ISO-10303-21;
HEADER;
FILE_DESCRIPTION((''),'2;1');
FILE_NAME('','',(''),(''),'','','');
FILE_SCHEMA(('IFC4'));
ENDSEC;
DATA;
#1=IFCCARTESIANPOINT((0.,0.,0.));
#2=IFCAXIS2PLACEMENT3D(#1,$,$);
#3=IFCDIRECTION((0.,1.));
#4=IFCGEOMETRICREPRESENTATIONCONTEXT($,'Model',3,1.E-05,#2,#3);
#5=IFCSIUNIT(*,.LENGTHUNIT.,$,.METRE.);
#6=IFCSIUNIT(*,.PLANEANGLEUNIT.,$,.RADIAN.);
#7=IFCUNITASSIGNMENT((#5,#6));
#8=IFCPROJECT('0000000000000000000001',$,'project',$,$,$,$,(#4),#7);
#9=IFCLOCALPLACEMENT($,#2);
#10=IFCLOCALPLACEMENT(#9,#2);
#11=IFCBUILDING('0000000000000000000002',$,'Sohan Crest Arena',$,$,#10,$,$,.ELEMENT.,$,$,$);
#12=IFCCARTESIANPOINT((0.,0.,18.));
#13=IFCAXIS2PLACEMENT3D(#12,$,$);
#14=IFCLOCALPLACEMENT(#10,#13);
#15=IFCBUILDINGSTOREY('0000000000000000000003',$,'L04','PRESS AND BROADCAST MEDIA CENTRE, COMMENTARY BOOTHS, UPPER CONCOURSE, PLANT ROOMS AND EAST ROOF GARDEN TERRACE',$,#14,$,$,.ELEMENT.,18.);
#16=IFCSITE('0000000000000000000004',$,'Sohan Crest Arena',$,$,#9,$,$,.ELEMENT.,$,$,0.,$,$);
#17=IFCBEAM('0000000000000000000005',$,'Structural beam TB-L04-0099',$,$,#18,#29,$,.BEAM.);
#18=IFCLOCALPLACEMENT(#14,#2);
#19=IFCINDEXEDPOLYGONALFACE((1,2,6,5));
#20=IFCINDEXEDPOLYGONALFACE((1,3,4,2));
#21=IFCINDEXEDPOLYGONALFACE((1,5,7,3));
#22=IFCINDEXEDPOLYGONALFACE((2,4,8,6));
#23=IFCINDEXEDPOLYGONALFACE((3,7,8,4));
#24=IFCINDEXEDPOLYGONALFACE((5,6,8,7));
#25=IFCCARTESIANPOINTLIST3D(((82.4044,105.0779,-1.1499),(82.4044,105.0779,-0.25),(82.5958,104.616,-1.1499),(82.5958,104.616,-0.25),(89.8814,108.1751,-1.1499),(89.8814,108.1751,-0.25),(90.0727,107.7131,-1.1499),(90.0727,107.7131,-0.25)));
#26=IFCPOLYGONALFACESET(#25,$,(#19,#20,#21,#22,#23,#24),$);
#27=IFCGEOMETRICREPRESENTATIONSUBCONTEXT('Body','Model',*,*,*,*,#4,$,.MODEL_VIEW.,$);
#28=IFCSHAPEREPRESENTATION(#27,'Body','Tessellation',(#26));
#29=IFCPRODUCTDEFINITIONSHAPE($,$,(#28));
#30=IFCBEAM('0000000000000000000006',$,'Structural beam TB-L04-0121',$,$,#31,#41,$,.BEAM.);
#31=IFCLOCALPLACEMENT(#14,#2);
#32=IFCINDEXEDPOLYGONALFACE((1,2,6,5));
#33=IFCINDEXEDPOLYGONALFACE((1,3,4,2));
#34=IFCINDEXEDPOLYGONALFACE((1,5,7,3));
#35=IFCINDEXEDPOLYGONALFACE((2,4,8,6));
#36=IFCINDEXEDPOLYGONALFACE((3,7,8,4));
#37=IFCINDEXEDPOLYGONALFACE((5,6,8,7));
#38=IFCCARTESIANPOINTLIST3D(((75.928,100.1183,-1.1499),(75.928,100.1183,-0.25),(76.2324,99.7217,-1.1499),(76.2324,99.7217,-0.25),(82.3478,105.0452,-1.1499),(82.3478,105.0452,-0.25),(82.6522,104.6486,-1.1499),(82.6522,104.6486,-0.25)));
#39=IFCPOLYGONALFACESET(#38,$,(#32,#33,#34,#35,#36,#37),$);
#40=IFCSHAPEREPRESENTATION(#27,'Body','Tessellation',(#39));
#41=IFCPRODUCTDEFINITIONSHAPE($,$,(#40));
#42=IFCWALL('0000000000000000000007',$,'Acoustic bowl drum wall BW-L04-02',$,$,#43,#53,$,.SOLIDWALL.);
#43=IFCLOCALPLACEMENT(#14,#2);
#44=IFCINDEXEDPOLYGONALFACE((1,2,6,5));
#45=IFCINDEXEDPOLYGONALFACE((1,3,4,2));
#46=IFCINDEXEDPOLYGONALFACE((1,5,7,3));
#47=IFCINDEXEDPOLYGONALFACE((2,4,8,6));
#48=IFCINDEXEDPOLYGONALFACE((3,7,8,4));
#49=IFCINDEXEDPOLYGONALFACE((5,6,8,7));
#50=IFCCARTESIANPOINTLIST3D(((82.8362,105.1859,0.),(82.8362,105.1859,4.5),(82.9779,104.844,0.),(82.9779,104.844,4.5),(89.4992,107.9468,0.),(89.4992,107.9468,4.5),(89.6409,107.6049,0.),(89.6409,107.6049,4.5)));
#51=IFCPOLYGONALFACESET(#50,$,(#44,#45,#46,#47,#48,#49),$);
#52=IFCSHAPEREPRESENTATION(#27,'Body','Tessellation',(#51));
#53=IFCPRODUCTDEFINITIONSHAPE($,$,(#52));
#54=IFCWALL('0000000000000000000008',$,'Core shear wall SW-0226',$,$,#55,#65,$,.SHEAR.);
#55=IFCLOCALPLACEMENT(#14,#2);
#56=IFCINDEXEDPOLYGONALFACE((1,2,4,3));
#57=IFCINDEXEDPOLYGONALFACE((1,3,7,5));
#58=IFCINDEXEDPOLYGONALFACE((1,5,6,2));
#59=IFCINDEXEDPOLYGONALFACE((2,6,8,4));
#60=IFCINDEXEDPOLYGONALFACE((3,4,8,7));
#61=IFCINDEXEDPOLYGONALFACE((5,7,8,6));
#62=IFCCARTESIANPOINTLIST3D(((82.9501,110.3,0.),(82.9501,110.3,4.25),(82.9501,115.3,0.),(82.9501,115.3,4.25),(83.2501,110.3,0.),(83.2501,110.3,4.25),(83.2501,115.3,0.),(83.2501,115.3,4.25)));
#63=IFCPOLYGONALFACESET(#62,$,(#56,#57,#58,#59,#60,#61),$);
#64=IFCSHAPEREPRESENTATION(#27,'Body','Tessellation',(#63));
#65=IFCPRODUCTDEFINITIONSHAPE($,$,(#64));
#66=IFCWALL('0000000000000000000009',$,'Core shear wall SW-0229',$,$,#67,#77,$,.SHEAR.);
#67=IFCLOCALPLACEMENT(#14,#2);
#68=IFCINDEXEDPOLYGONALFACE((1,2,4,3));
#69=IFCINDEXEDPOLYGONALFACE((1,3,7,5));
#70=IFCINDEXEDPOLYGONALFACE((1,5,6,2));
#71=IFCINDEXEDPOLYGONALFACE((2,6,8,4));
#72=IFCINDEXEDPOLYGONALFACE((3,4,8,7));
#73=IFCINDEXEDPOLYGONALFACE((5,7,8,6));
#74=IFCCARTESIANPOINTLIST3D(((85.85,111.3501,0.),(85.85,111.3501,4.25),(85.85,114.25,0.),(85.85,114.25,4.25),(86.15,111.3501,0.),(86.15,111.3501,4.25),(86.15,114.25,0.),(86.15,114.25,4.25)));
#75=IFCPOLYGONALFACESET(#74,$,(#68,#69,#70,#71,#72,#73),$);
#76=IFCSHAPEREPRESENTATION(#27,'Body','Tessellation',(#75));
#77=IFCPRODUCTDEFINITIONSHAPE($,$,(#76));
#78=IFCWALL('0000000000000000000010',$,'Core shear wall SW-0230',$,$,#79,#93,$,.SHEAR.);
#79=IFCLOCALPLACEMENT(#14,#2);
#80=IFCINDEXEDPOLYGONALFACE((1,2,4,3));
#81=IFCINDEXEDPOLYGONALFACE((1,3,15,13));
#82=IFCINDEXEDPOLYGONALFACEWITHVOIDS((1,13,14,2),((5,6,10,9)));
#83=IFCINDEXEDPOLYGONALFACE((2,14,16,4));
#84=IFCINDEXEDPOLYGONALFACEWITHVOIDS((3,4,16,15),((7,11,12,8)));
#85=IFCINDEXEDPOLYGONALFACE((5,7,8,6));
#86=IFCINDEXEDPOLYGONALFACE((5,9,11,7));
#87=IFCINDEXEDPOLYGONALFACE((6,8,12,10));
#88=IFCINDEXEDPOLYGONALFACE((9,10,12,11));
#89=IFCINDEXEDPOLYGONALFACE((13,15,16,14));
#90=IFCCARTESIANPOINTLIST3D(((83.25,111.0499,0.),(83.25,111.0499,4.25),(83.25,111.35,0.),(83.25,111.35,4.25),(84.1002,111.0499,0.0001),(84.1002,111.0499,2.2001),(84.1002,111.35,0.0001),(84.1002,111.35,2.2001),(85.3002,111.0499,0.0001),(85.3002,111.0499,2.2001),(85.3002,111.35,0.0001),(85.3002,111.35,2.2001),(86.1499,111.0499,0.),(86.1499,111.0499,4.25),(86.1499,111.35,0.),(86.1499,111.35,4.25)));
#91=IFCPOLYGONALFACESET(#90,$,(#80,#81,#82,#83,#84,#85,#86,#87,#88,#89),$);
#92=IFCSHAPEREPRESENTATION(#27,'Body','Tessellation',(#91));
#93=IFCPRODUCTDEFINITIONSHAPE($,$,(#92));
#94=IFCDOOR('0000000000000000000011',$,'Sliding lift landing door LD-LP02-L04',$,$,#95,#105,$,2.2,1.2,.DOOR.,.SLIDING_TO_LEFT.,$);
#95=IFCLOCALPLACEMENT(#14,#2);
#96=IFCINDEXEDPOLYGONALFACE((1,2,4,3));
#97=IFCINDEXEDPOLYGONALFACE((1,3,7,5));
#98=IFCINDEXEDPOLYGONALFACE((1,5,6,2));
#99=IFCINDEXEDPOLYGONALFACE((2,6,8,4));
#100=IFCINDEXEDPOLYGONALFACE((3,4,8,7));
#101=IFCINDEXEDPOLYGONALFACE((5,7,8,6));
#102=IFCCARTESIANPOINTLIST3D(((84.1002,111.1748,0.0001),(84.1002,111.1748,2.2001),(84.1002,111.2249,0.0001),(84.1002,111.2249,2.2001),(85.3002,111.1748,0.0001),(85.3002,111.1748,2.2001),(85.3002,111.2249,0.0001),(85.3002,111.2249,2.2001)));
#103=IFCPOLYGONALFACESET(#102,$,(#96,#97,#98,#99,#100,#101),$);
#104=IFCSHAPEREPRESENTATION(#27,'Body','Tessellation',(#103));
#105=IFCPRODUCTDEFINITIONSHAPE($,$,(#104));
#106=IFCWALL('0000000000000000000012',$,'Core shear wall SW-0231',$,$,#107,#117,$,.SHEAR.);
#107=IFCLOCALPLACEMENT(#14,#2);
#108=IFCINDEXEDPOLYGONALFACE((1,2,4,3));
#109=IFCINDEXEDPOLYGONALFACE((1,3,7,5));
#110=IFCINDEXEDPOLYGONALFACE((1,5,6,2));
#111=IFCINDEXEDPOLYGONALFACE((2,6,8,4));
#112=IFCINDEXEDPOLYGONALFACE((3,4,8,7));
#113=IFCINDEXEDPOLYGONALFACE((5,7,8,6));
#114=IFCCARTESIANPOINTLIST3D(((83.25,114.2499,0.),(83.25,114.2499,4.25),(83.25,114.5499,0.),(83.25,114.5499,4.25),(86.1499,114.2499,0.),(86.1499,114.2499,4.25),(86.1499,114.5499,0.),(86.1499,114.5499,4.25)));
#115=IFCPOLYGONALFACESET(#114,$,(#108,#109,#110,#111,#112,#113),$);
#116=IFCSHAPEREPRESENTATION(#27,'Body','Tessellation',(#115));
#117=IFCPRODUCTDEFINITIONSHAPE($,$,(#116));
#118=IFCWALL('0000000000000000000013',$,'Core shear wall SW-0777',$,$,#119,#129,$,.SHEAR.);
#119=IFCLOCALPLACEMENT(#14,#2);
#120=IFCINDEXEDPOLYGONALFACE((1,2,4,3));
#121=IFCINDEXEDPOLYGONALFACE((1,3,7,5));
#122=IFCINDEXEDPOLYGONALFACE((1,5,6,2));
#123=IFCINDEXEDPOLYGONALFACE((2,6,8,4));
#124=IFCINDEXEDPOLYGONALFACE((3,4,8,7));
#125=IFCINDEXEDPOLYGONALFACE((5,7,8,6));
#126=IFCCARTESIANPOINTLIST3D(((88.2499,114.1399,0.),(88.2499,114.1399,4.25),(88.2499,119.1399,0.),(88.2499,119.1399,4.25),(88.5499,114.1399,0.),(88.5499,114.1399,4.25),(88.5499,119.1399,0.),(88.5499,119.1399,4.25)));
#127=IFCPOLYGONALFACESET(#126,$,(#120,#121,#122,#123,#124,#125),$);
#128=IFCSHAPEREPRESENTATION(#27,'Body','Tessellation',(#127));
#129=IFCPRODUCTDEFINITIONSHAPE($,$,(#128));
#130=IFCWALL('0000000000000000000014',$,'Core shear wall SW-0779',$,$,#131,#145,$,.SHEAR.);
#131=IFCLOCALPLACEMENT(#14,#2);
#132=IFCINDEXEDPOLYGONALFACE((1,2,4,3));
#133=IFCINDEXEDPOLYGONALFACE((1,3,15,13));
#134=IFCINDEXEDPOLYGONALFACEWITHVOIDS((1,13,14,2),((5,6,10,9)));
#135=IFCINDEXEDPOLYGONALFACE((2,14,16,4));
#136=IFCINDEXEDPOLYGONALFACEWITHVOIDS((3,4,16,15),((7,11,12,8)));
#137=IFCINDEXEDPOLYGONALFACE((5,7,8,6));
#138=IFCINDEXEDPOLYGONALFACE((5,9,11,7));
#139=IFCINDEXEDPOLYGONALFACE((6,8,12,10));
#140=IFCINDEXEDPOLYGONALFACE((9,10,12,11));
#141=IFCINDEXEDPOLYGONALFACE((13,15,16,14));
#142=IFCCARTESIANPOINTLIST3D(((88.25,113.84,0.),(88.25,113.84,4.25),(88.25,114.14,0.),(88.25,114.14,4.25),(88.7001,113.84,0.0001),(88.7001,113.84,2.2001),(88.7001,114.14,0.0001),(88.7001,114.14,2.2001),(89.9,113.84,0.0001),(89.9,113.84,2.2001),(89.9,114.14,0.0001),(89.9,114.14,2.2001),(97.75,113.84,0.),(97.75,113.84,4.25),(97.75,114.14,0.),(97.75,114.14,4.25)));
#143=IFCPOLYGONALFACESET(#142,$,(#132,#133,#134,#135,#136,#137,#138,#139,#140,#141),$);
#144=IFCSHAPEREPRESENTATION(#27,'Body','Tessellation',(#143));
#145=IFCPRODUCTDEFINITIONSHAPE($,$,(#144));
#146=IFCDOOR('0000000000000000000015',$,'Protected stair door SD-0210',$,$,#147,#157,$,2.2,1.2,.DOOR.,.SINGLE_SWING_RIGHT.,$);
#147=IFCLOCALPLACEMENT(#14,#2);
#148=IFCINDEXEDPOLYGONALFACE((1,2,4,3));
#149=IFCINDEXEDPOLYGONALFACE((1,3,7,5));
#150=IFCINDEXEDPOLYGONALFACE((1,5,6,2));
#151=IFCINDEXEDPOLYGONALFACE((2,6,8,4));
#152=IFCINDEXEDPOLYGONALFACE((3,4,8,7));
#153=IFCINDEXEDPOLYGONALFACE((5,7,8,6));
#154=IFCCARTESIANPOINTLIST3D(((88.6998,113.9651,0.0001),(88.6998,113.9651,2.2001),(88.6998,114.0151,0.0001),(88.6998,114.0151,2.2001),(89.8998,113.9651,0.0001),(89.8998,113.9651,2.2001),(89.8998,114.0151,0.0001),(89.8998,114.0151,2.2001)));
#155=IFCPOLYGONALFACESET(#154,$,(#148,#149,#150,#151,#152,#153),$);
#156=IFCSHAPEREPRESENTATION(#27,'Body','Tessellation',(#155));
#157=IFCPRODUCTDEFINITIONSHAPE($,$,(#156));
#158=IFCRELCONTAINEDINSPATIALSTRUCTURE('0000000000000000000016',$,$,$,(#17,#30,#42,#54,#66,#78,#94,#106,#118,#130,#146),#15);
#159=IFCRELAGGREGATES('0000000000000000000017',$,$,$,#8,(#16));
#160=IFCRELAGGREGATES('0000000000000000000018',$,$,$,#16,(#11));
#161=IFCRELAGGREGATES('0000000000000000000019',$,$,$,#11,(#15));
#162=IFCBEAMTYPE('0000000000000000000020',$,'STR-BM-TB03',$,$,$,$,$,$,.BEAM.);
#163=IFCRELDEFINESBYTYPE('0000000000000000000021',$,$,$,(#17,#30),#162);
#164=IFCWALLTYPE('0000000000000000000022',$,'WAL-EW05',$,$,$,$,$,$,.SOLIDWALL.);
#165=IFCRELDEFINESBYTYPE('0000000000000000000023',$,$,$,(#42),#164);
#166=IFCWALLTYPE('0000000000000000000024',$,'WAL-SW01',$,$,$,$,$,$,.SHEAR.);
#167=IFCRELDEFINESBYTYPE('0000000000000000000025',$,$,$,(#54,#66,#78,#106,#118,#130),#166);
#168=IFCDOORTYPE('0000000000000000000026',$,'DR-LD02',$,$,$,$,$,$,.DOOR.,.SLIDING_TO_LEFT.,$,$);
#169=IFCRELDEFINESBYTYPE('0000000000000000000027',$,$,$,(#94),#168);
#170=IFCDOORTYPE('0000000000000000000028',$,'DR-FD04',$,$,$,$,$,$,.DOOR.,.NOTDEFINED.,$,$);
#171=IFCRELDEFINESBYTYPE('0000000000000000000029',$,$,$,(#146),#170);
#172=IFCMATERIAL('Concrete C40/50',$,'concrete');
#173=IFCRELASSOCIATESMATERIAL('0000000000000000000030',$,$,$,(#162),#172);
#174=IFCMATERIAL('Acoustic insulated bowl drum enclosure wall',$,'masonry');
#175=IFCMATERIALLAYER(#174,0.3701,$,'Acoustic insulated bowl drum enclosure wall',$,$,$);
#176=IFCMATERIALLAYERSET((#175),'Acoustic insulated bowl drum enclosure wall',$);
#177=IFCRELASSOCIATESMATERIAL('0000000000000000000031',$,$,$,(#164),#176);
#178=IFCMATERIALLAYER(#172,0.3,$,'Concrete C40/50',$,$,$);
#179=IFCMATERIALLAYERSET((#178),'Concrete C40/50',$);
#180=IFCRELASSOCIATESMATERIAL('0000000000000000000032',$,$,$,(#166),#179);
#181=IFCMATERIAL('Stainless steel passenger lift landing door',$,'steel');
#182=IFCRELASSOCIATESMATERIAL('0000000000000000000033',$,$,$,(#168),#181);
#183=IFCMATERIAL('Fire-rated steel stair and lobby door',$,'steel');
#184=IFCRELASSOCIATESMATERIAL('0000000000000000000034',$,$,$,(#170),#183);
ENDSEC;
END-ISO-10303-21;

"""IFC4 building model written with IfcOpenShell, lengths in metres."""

from ifc_helpers import new_model, si_unit, direction, frame, frame_2d, origin, origin_2d, place, context, subcontext, project, spatial, rectangle, extrude, material, layer, layer_set, material_profile, profile_set, type_object, element, fill, save


model = new_model("IFC4")

# Units and contexts
model_context = context("Model", 3, precision=1e-05, world=origin(), true_north=direction((0.0, 1.0)))
body_context = subcontext(model_context, "Body", "Model", "MODEL_VIEW")
ifc_project = project(units=[si_unit("LENGTHUNIT", "METRE"), si_unit("PLANEANGLEUNIT", "RADIAN")], contexts=[model_context])

# Site, building, storey
site_placement = place(None, origin())
site = spatial("IfcSite", under=ifc_project, at=site_placement, Name="Sohan Crest Arena", CompositionType="ELEMENT", RefElevation=0.0)
building_placement = place(site_placement, origin())
building = spatial("IfcBuilding", under=site, at=building_placement, Name="Sohan Crest Arena", CompositionType="ELEMENT")
storey_placement = place(building_placement, frame((0.0, 0.0, 18.0)))
storey = spatial("IfcBuildingStorey", under=building, at=storey_placement, Name="L04", Description="PRESS AND BROADCAST MEDIA CENTRE, COMMENTARY BOOTHS, UPPER CONCOURSE, PLANT ROOMS AND EAST ROOF GARDEN TERRACE", CompositionType="ELEMENT", Elevation=18.0)

# Shared definitions
ifc_material_1 = material(Name="Concrete C40/50", Category="concrete")

# Beams
ifc_material_profile_1 = material_profile(ifc_material_1, rectangle(XDim=0.5, YDim=0.8999, at=origin_2d()), Name="RC-BM 500x900")
ifc_profile_set_1 = profile_set([ifc_material_profile_1], Name="Concrete C40/50")
beam_type_1 = type_object("IfcBeamType", Name="STR-BM-TB03", PredefinedType="BEAM", material=ifc_profile_set_1)
beam_1_placement = place(storey_placement, frame((89.9771, 107.9441, -0.7), z_axis=(-0.923876, -0.382691, 0.0), x_axis=(0.382691, -0.923876, 0.0)))
element("IfcBeam", 1, at=beam_1_placement, inside=storey, type_object=beam_type_1, Name="Structural beam TB-L04-0099", PredefinedType="BEAM", context=body_context, shape_type="SweptSolid", body=[
    extrude(rectangle(XDim=0.5, YDim=0.8999, at=origin_2d()), origin(), (0.0, 0.0, 1.0), 8.093),
])
beam_2_placement = place(storey_placement, frame((82.5, 104.8469, -0.7), z_axis=(-0.793304, -0.608825, 0.0), x_axis=(0.608825, -0.793304, 0.0)))
element("IfcBeam", 2, at=beam_2_placement, inside=storey, type_object=beam_type_1, Name="Structural beam TB-L04-0121", PredefinedType="BEAM", context=body_context, shape_type="SweptSolid", body=[
    extrude(rectangle(XDim=0.5, YDim=0.8999, at=origin_2d()), origin(), (0.0, 0.0, 1.0), 8.0925),
])

# Walls
ifc_material_2 = material(Name="Acoustic insulated bowl drum enclosure wall", Category="masonry")
ifc_layer_1 = layer(ifc_material_2, 0.3701, Name="Acoustic insulated bowl drum enclosure wall")
ifc_layer_set_1 = layer_set([ifc_layer_1], Name="Acoustic insulated bowl drum enclosure wall")
wall_type_1 = type_object("IfcWallType", Name="WAL-EW05", PredefinedType="SOLIDWALL", material=ifc_layer_set_1)
wall_1_placement = place(storey_placement, frame((89.5701, 107.7759, 0.0), z_axis=(0.0, 0.0, 1.0), x_axis=(-0.923828, -0.382807, 0.0)))
element("IfcWall", 3, at=wall_1_placement, inside=storey, type_object=wall_type_1, Name="Acoustic bowl drum wall BW-L04-02", PredefinedType="SOLIDWALL", context=body_context, shape_type="SweptSolid", body=[
    extrude(rectangle(XDim=7.2124, YDim=0.3701, at=frame_2d((3.6062, 0.0))), origin(), (0.0, 0.0, 1.0), 4.5),
])
ifc_layer_2 = layer(ifc_material_1, 0.3, Name="Concrete C40/50")
ifc_layer_set_2 = layer_set([ifc_layer_2], Name="Concrete C40/50")
wall_type_2 = type_object("IfcWallType", Name="WAL-SW01", PredefinedType="SHEAR", material=ifc_layer_set_2)
wall_2_placement = place(storey_placement, frame((83.1001, 110.3, 0.0), z_axis=(0.0, 0.0, 1.0), x_axis=(0.0, 1.0, 0.0)))
element("IfcWall", 4, at=wall_2_placement, inside=storey, type_object=wall_type_2, Name="Core shear wall SW-0226", PredefinedType="SHEAR", context=body_context, shape_type="SweptSolid", body=[
    extrude(rectangle(XDim=5.0, YDim=0.3, at=frame_2d((2.5, 0.0))), origin(), (0.0, 0.0, 1.0), 4.25),
])
wall_3_placement = place(storey_placement, frame((86.0, 111.3501, 0.0), z_axis=(0.0, 0.0, 1.0), x_axis=(0.0, 1.0, 0.0)))
element("IfcWall", 5, at=wall_3_placement, inside=storey, type_object=wall_type_2, Name="Core shear wall SW-0229", PredefinedType="SHEAR", context=body_context, shape_type="SweptSolid", body=[
    extrude(rectangle(XDim=2.8999, YDim=0.3, at=frame_2d((1.45, 0.0))), origin(), (0.0, 0.0, 1.0), 4.25),
])

# Wall, opening, door
wall_4_placement = place(storey_placement, frame((83.25, 111.2, 0.0), z_axis=(0.0, 0.0, 1.0), x_axis=(1.0, 0.0, 0.0)))
wall_4 = element("IfcWall", 6, at=wall_4_placement, inside=storey, type_object=wall_type_2, Name="Core shear wall SW-0230", PredefinedType="SHEAR", context=body_context, shape_type="SweptSolid", body=[
    extrude(rectangle(XDim=2.8999, YDim=0.3, at=frame_2d((1.45, 0.0))), origin(), (0.0, 0.0, 1.0), 4.25),
])
opening_1_placement = place(wall_4_placement, frame((0.8501, 0.0, 0.0)))
opening_1 = element("IfcOpeningElement", 7, at=opening_1_placement, cuts=wall_4, PredefinedType="OPENING", context=body_context, shape_type="SweptSolid", body=[
    extrude(rectangle(XDim=1.2, YDim=2.2, at=frame_2d((0.6001, 1.1001))), frame((0.0, 0.1599, 0.0), z_axis=(0.0, -1.0, 0.0), x_axis=(1.0, 0.0, 0.0)), (0.0, 0.0, 1.0), 0.3201),
])
ifc_material_3 = material(Name="Stainless steel passenger lift landing door", Category="steel")
door_type_1 = type_object("IfcDoorType", Name="DR-LD02", OperationType="SLIDING_TO_LEFT", PredefinedType="DOOR", material=ifc_material_3)
door_1_placement = place(opening_1_placement, origin())
door_1 = element("IfcDoor", 8, at=door_1_placement, inside=storey, type_object=door_type_1, Name="Sliding lift landing door LD-LP02-L04", OperationType="SLIDING_TO_LEFT", OverallHeight=2.2, OverallWidth=1.2, PredefinedType="DOOR", context=body_context, shape_type="SweptSolid", body=[
    extrude(rectangle(XDim=1.2, YDim=2.2, at=frame_2d((0.6001, 1.1001))), frame((0.0, 0.0249, 0.0), z_axis=(0.0, -1.0, 0.0), x_axis=(1.0, 0.0, 0.0)), (0.0, 0.0, 1.0), 0.05),
])
fill(opening_1, door_1)

# Walls
wall_5_placement = place(storey_placement, frame((83.25, 114.3999, 0.0), z_axis=(0.0, 0.0, 1.0), x_axis=(1.0, 0.0, 0.0)))
element("IfcWall", 9, at=wall_5_placement, inside=storey, type_object=wall_type_2, Name="Core shear wall SW-0231", PredefinedType="SHEAR", context=body_context, shape_type="SweptSolid", body=[
    extrude(rectangle(XDim=2.8999, YDim=0.3, at=frame_2d((1.45, 0.0))), origin(), (0.0, 0.0, 1.0), 4.25),
])
wall_6_placement = place(storey_placement, frame((88.3999, 114.1399, 0.0), z_axis=(0.0, 0.0, 1.0), x_axis=(0.0, 1.0, 0.0)))
element("IfcWall", 10, at=wall_6_placement, inside=storey, type_object=wall_type_2, Name="Core shear wall SW-0777", PredefinedType="SHEAR", context=body_context, shape_type="SweptSolid", body=[
    extrude(rectangle(XDim=5.0, YDim=0.3, at=frame_2d((2.5, 0.0))), origin(), (0.0, 0.0, 1.0), 4.25),
])

# Wall, opening, door
wall_7_placement = place(storey_placement, frame((88.25, 113.99, 0.0), z_axis=(0.0, 0.0, 1.0), x_axis=(1.0, 0.0, 0.0)))
wall_7 = element("IfcWall", 11, at=wall_7_placement, inside=storey, type_object=wall_type_2, Name="Core shear wall SW-0779", PredefinedType="SHEAR", context=body_context, shape_type="SweptSolid", body=[
    extrude(rectangle(XDim=9.5, YDim=0.3, at=frame_2d((4.75, 0.0))), origin(), (0.0, 0.0, 1.0), 4.25),
])
opening_2_placement = place(wall_7_placement, frame((0.45, 0.0, 0.0)))
opening_2 = element("IfcOpeningElement", 12, at=opening_2_placement, cuts=wall_7, PredefinedType="OPENING", context=body_context, shape_type="SweptSolid", body=[
    extrude(rectangle(XDim=1.2, YDim=2.2, at=frame_2d((0.6001, 1.1001))), frame((0.0, 0.1599, 0.0), z_axis=(0.0, -1.0, 0.0), x_axis=(1.0, 0.0, 0.0)), (0.0, 0.0, 1.0), 0.3201),
])
ifc_material_4 = material(Name="Fire-rated steel stair and lobby door", Category="steel")
door_type_2 = type_object("IfcDoorType", Name="DR-FD04", OperationType="NOTDEFINED", PredefinedType="DOOR", material=ifc_material_4)
door_2_placement = place(opening_2_placement, frame((1.2, 0.0, 0.0), z_axis=(0.0, 0.0, 1.0), x_axis=(-1.0, 0.0, 0.0)))
door_2 = element("IfcDoor", 13, at=door_2_placement, inside=storey, type_object=door_type_2, Name="Protected stair door SD-0210", OperationType="SINGLE_SWING_RIGHT", OverallHeight=2.2, OverallWidth=1.2, PredefinedType="DOOR", context=body_context, shape_type="SweptSolid", body=[
    extrude(rectangle(XDim=1.2, YDim=2.2, at=frame_2d((0.6001, 1.1001))), frame((0.0, 0.0249, 0.0), z_axis=(0.0, -1.0, 0.0), x_axis=(1.0, 0.0, 0.0)), (0.0, 0.0, 1.0), 0.05),
])
fill(opening_2, door_2)

save(model, "model.ifc")
